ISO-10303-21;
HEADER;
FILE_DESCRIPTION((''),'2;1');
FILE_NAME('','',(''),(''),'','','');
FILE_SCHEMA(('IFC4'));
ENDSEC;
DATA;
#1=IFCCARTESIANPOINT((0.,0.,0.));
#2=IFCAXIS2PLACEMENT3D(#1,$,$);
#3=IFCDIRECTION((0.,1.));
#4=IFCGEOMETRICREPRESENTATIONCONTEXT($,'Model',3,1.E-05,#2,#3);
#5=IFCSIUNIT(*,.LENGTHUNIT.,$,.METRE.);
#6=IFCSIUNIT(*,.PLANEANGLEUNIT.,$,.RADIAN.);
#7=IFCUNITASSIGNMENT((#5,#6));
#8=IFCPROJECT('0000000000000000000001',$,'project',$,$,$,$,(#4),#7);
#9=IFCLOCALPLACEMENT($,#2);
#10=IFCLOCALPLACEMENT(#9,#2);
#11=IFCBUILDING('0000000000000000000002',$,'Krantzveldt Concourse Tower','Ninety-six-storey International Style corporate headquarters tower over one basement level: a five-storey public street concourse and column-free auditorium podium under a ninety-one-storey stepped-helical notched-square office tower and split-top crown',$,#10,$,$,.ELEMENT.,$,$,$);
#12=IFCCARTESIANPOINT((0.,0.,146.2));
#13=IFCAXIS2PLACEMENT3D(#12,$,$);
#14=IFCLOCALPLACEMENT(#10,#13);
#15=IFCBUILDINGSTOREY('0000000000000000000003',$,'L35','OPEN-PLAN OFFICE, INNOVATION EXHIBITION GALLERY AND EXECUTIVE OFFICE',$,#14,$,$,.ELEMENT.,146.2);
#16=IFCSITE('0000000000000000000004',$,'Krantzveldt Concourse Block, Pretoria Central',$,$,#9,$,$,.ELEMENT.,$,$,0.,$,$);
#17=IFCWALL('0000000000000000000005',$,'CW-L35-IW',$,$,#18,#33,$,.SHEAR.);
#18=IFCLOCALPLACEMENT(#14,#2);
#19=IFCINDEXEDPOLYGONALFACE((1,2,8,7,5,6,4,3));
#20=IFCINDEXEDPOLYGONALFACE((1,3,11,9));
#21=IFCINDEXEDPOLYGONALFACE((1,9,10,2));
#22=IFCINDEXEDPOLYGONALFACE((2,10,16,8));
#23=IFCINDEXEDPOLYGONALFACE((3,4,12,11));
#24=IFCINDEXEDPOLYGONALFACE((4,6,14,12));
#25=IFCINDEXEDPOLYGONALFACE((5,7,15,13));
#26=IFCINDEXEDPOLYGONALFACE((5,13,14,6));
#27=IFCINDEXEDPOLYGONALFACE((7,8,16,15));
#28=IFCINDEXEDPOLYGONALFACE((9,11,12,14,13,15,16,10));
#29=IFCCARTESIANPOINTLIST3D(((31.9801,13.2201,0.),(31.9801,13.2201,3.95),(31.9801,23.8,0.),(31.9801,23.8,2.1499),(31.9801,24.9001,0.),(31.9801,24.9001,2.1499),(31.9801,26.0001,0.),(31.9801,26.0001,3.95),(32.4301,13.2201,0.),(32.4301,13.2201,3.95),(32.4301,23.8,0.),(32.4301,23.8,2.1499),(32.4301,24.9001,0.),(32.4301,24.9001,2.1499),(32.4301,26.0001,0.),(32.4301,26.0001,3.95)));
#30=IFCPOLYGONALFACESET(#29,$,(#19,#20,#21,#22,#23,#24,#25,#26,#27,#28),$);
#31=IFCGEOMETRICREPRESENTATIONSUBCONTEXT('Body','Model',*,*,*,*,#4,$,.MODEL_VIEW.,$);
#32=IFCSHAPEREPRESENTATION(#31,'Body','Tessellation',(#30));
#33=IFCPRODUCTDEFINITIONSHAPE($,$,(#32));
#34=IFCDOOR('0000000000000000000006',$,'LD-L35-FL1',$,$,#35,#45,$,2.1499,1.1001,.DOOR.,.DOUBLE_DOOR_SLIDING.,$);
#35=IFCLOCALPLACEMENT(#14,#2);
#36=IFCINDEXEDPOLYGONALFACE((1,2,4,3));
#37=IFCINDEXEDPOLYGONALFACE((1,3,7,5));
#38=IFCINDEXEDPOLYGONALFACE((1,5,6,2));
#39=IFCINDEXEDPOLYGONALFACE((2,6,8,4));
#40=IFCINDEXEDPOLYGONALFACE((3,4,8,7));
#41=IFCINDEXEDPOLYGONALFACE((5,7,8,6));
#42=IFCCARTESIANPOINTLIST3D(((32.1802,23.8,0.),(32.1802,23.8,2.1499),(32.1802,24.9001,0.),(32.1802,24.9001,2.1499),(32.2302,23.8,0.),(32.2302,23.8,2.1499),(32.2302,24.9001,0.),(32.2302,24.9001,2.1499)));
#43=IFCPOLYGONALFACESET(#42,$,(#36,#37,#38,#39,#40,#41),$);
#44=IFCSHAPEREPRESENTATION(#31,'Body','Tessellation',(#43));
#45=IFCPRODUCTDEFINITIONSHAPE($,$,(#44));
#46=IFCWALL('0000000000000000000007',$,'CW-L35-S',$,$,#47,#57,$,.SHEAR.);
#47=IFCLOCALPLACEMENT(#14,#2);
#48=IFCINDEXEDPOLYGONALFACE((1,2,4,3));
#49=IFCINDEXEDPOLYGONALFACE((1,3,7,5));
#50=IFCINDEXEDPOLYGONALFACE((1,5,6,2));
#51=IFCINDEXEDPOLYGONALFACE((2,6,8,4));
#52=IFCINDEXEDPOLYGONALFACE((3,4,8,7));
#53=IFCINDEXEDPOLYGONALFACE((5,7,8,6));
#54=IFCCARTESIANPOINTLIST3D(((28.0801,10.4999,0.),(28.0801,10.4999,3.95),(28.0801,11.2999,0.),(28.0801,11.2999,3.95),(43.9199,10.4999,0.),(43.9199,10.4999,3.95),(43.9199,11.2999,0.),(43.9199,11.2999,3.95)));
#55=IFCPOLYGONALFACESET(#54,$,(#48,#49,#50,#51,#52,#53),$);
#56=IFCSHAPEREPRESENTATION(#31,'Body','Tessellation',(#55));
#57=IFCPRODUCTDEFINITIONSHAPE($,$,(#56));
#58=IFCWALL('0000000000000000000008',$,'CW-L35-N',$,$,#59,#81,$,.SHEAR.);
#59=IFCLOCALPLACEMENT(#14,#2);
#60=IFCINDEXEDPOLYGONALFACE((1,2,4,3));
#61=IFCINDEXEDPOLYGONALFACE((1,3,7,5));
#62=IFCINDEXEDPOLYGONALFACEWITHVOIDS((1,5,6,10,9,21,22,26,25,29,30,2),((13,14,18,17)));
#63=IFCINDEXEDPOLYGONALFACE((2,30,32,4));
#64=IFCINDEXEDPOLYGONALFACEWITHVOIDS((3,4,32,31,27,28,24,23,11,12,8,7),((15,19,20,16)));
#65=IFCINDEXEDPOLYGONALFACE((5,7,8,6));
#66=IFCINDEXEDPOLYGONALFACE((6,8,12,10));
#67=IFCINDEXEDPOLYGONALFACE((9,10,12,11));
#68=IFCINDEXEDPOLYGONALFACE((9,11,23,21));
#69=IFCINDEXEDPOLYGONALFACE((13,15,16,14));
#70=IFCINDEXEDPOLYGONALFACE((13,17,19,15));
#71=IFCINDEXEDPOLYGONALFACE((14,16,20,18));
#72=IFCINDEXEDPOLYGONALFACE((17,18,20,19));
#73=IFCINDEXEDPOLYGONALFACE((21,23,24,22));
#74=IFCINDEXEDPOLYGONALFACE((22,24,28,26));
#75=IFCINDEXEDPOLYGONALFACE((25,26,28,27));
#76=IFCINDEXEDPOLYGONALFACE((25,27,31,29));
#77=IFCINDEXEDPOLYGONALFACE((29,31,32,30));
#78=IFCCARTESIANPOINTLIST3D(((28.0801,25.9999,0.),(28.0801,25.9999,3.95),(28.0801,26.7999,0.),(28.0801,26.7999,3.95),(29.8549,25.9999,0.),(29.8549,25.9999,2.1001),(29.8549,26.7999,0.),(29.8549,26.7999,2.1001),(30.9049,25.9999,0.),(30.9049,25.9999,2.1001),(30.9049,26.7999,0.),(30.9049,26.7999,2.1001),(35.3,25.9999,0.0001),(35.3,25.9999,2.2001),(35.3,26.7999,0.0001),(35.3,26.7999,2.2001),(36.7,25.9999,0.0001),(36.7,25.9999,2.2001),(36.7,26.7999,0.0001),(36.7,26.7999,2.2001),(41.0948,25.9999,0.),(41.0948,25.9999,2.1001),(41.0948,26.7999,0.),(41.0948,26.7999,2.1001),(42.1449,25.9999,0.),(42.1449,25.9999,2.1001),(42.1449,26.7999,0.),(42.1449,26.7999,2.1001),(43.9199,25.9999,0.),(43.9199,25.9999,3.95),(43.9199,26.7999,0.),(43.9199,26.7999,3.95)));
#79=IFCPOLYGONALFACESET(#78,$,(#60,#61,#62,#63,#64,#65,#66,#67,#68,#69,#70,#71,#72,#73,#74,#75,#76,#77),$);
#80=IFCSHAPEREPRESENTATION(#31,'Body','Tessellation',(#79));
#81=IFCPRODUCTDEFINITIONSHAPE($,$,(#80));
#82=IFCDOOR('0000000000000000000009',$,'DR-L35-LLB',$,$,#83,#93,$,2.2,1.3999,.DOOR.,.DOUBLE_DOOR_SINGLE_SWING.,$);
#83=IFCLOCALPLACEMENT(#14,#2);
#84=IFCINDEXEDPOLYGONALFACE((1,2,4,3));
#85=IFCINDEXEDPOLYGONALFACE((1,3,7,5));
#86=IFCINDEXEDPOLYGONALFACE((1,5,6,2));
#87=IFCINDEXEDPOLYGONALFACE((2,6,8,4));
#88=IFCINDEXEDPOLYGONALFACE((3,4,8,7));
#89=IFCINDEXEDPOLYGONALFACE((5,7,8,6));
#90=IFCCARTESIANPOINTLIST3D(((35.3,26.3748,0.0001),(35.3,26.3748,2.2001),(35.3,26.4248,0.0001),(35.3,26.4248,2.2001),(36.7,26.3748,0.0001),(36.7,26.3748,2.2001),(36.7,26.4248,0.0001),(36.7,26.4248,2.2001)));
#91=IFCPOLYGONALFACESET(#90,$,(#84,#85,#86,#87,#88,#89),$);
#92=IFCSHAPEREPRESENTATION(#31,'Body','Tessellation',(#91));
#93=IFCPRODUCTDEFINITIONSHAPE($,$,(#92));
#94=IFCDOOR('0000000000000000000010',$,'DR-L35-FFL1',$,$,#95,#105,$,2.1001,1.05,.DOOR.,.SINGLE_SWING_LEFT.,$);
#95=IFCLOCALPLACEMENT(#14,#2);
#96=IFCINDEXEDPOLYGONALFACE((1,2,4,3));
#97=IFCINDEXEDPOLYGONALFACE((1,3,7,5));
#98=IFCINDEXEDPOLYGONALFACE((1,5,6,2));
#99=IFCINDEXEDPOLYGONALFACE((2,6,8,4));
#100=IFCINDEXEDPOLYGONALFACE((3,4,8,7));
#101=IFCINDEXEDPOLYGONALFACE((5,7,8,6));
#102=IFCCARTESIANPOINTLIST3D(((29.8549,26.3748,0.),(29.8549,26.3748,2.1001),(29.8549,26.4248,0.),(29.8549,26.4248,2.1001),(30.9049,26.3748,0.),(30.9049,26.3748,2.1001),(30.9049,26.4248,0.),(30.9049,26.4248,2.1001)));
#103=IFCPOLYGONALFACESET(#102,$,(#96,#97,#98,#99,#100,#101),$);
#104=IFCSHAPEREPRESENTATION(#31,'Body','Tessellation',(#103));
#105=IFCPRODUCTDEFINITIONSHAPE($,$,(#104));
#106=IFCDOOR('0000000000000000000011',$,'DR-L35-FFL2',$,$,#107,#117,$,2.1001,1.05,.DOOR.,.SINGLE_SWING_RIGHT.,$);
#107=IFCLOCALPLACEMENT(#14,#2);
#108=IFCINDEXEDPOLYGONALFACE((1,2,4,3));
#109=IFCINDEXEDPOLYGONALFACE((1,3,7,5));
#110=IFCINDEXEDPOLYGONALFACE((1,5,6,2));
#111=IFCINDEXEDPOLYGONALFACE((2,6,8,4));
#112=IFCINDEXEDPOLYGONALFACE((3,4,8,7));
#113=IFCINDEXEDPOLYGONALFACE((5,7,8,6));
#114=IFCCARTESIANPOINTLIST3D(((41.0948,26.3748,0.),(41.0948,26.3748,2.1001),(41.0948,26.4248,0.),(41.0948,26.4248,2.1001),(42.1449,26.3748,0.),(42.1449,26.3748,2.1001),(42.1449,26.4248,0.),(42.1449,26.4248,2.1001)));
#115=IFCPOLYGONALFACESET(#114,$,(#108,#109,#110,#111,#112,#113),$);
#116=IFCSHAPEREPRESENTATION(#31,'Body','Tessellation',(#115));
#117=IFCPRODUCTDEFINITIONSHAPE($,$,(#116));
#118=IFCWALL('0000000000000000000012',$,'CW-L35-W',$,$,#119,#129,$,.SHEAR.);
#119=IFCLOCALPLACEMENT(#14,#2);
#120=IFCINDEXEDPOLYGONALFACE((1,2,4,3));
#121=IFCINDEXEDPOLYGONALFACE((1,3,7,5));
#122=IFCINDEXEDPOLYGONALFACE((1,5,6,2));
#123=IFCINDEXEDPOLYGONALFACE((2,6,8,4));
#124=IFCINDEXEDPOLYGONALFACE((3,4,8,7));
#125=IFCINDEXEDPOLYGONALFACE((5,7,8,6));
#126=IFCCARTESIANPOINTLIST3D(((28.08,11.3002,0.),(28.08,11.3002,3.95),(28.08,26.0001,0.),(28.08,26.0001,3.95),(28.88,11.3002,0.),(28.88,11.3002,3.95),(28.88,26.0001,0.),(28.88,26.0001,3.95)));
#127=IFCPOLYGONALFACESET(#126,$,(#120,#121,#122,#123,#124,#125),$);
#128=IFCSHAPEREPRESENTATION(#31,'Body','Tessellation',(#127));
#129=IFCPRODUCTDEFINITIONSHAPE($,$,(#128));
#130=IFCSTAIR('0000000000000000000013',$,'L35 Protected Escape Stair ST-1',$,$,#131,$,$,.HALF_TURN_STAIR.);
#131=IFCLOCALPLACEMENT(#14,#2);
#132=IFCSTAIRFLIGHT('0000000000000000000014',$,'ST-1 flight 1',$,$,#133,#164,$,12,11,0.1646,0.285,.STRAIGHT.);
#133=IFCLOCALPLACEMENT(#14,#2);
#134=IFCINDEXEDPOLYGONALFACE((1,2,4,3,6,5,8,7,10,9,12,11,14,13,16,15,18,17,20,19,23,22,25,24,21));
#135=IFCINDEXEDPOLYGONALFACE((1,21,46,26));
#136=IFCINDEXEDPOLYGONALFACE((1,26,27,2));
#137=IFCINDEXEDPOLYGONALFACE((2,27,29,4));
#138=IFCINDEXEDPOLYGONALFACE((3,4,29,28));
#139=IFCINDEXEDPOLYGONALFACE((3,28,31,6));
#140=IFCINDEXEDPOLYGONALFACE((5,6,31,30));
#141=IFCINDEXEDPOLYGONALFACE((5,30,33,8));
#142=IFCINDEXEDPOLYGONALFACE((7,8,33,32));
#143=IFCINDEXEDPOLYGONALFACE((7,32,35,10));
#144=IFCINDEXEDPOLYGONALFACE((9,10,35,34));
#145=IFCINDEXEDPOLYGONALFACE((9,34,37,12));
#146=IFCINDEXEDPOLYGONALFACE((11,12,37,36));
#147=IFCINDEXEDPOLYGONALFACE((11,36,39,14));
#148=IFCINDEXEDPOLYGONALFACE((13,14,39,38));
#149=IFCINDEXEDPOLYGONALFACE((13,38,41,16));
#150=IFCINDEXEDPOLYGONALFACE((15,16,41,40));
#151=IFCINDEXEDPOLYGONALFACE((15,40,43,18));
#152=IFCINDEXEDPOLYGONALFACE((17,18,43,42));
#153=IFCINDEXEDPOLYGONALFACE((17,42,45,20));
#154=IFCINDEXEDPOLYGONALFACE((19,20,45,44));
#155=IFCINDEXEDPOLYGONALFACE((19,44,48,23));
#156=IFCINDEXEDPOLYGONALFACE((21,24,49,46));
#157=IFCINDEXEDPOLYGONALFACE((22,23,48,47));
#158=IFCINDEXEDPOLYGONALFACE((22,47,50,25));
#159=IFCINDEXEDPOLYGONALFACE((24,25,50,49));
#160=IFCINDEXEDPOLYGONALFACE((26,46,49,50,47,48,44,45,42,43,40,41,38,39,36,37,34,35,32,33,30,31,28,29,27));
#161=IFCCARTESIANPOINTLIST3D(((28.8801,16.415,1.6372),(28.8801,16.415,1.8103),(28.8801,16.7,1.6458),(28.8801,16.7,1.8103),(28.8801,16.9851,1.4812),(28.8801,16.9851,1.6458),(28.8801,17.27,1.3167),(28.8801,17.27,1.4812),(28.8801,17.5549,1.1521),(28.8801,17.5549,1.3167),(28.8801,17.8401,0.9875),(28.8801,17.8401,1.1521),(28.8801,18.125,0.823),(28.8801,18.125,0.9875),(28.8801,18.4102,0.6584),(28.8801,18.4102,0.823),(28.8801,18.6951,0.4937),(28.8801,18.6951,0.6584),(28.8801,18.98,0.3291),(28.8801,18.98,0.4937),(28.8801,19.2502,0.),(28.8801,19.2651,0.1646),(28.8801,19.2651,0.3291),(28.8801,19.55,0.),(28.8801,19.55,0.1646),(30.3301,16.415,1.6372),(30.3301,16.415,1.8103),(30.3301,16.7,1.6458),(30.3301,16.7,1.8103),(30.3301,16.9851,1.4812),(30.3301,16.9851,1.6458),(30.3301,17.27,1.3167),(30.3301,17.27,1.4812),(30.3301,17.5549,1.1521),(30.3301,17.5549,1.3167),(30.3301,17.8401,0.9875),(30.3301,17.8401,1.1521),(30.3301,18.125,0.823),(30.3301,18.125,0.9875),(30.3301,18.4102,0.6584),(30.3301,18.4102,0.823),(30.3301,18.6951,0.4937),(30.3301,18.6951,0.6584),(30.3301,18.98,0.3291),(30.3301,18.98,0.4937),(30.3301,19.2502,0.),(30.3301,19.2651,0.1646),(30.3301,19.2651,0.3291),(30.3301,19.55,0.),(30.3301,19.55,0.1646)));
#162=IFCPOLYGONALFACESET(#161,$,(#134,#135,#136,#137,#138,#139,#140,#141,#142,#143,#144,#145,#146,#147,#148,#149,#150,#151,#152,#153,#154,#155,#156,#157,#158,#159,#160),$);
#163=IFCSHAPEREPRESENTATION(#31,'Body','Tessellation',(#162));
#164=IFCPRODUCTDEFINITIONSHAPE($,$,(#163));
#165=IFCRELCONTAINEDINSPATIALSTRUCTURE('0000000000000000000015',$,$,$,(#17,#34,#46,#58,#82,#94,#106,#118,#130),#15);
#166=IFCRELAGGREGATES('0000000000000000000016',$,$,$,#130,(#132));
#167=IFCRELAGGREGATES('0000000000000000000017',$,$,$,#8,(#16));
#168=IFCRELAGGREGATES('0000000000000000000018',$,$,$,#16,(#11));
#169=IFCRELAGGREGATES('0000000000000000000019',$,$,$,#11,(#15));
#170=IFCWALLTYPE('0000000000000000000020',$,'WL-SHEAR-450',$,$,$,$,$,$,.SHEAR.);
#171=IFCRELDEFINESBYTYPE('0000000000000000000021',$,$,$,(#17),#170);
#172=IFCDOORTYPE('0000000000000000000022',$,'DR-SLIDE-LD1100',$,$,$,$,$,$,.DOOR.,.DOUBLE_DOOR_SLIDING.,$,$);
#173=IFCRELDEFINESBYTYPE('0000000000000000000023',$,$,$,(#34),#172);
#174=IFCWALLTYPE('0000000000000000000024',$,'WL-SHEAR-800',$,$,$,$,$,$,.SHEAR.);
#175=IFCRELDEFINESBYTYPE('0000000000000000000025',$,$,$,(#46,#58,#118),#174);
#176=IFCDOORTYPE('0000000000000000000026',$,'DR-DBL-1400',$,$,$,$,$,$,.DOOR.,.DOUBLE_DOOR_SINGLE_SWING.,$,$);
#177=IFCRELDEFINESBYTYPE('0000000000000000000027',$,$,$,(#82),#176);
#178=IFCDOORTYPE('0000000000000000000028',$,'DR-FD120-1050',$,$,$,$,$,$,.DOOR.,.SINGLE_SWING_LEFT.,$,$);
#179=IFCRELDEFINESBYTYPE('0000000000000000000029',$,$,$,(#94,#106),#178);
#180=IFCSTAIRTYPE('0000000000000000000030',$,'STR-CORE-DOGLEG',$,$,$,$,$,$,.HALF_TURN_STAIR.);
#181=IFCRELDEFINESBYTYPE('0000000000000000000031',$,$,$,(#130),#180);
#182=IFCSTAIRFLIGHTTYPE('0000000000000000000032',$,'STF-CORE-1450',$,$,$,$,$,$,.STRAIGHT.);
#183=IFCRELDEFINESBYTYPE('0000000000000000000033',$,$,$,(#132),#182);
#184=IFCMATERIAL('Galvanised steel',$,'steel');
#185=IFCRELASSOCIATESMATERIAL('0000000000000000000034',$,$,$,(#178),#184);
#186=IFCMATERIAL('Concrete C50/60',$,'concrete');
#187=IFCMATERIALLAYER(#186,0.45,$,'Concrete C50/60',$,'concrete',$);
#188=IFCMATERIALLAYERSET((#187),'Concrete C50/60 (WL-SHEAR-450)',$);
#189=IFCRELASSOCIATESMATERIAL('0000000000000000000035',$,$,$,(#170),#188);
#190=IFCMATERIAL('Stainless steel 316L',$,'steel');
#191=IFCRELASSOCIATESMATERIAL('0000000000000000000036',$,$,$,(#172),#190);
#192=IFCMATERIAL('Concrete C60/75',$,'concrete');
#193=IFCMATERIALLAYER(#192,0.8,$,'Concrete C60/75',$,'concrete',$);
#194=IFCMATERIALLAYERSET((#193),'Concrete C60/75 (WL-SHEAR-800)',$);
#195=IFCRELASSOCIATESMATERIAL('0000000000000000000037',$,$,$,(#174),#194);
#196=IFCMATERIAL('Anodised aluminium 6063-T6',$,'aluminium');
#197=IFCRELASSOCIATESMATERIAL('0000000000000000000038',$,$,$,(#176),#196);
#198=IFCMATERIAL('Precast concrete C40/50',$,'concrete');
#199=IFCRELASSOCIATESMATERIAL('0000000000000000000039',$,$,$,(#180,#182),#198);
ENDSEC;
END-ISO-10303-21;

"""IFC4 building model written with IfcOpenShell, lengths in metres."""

from ifc_helpers import new_model, si_unit, direction, frame, frame_2d, origin, place, context, subcontext, project, spatial, polyline, rectangle, outline, extrude, material, layer, layer_set, type_object, element, fill, aggregate, save


model = new_model("IFC4")

# Units and contexts
model_context = context("Model", 3, precision=1e-05, world=origin(), true_north=direction((0.0, 1.0)))
body_context = subcontext(model_context, "Body", "Model", "MODEL_VIEW")
ifc_project = project(units=[si_unit("LENGTHUNIT", "METRE"), si_unit("PLANEANGLEUNIT", "RADIAN")], contexts=[model_context])

# Site, building, storey
site_placement = place(None, origin())
site = spatial("IfcSite", under=ifc_project, at=site_placement, Name="Krantzveldt Concourse Block, Pretoria Central", CompositionType="ELEMENT", RefElevation=0.0)
building_placement = place(site_placement, origin())
building = spatial("IfcBuilding", under=site, at=building_placement, Name="Krantzveldt Concourse Tower", Description="Ninety-six-storey International Style corporate headquarters tower over one basement level: a five-storey public street concourse and column-free auditorium podium under a ninety-one-storey stepped-helical notched-square office tower and split-top crown", CompositionType="ELEMENT")
storey_placement = place(building_placement, frame((0.0, 0.0, 146.2)))
storey = spatial("IfcBuildingStorey", under=building, at=storey_placement, Name="L35", Description="OPEN-PLAN OFFICE, INNOVATION EXHIBITION GALLERY AND EXECUTIVE OFFICE", CompositionType="ELEMENT", Elevation=146.2)

# Shared definitions
ifc_material_1 = material(Name="Concrete C50/60", Category="concrete")

# Shared definitions
ifc_material_2 = material(Name="Anodised aluminium 6063-T6", Category="aluminium")

# Shared definitions
ifc_material_3 = material(Name="Galvanised steel", Category="steel")
door_type_1 = type_object("IfcDoorType", Name="DR-FD120-1050", OperationType="SINGLE_SWING_LEFT", PredefinedType="DOOR", material=ifc_material_3)

# Wall, opening, door
ifc_layer_1 = layer(ifc_material_1, 0.45, Name="Concrete C50/60", Category="concrete")
ifc_layer_set_1 = layer_set([ifc_layer_1], Name="Concrete C50/60 (WL-SHEAR-450)")
wall_type_1 = type_object("IfcWallType", Name="WL-SHEAR-450", PredefinedType="SHEAR", material=ifc_layer_set_1)
wall_1_placement = place(storey_placement, frame((32.2051, 13.22, 0.0), z_axis=(0.0, 0.0, 1.0), x_axis=(0.0, 1.0, 0.0)))
wall_1 = element("IfcWall", 1, at=wall_1_placement, inside=storey, type_object=wall_type_1, Name="CW-L35-IW", PredefinedType="SHEAR", context=body_context, shape_type="SweptSolid", body=[
    extrude(rectangle(XDim=12.78, YDim=0.45, at=frame_2d((6.3901, 0.0))), origin(), (0.0, 0.0, 1.0), 3.95),
])
opening_1_placement = place(wall_1_placement, frame((10.5801, 0.0, 0.0)))
opening_1 = element("IfcOpeningElement", 2, at=opening_1_placement, cuts=wall_1, PredefinedType="OPENING", context=body_context, shape_type="SweptSolid", body=[
    extrude(rectangle(XDim=1.1001, YDim=2.1499, at=frame_2d((0.55, 1.075))), frame((0.0, 0.2349, 0.0), z_axis=(0.0, -1.0, 0.0), x_axis=(1.0, 0.0, 0.0)), (0.0, 0.0, 1.0), 0.47),
])
ifc_material_4 = material(Name="Stainless steel 316L", Category="steel")
door_type_2 = type_object("IfcDoorType", Name="DR-SLIDE-LD1100", OperationType="DOUBLE_DOOR_SLIDING", PredefinedType="DOOR", material=ifc_material_4)
door_1_placement = place(opening_1_placement, origin())
door_1 = element("IfcDoor", 3, at=door_1_placement, inside=storey, type_object=door_type_2, Name="LD-L35-FL1", OperationType="DOUBLE_DOOR_SLIDING", OverallHeight=2.1499, OverallWidth=1.1001, PredefinedType="DOOR", context=body_context, shape_type="SweptSolid", body=[
    extrude(rectangle(XDim=1.1001, YDim=2.1499, at=frame_2d((0.55, 1.075))), frame((0.0, 0.0249, 0.0), z_axis=(0.0, -1.0, 0.0), x_axis=(1.0, 0.0, 0.0)), (0.0, 0.0, 1.0), 0.05),
])
fill(opening_1, door_1)

# Wall
ifc_material_5 = material(Name="Concrete C60/75", Category="concrete")
ifc_layer_2 = layer(ifc_material_5, 0.8, Name="Concrete C60/75", Category="concrete")
ifc_layer_set_2 = layer_set([ifc_layer_2], Name="Concrete C60/75 (WL-SHEAR-800)")
wall_type_2 = type_object("IfcWallType", Name="WL-SHEAR-800", PredefinedType="SHEAR", material=ifc_layer_set_2)
wall_2_placement = place(storey_placement, frame((28.0801, 10.8999, 0.0), z_axis=(0.0, 0.0, 1.0), x_axis=(1.0, 0.0, 0.0)))
element("IfcWall", 4, at=wall_2_placement, inside=storey, type_object=wall_type_2, Name="CW-L35-S", PredefinedType="SHEAR", context=body_context, shape_type="SweptSolid", body=[
    extrude(rectangle(XDim=15.8398, YDim=0.8, at=frame_2d((7.9199, 0.0))), origin(), (0.0, 0.0, 1.0), 3.95),
])

# Wall, openings, doors
wall_3_placement = place(storey_placement, frame((28.0801, 26.3999, 0.0), z_axis=(0.0, 0.0, 1.0), x_axis=(1.0, 0.0, 0.0)))
wall_3 = element("IfcWall", 5, at=wall_3_placement, inside=storey, type_object=wall_type_2, Name="CW-L35-N", PredefinedType="SHEAR", context=body_context, shape_type="SweptSolid", body=[
    extrude(rectangle(XDim=15.8398, YDim=0.8, at=frame_2d((7.9199, 0.0))), origin(), (0.0, 0.0, 1.0), 3.95),
])
opening_2_placement = place(wall_3_placement, frame((7.22, 0.0, 0.0)))
opening_2 = element("IfcOpeningElement", 6, at=opening_2_placement, cuts=wall_3, PredefinedType="OPENING", context=body_context, shape_type="SweptSolid", body=[
    extrude(rectangle(XDim=1.3999, YDim=2.2, at=frame_2d((0.7, 1.1001))), frame((0.0, 0.4102, 0.0), z_axis=(0.0, -1.0, 0.0), x_axis=(1.0, 0.0, 0.0)), (0.0, 0.0, 1.0), 0.8201),
])
opening_3_placement = place(wall_3_placement, frame((1.7749, 0.0, 0.0)))
opening_3 = element("IfcOpeningElement", 7, at=opening_3_placement, cuts=wall_3, PredefinedType="OPENING", context=body_context, shape_type="SweptSolid", body=[
    extrude(rectangle(XDim=1.05, YDim=2.1001, at=frame_2d((0.5249, 1.05))), frame((0.0, 0.4102, 0.0), z_axis=(0.0, -1.0, 0.0), x_axis=(1.0, 0.0, 0.0)), (0.0, 0.0, 1.0), 0.8201),
])
opening_4_placement = place(wall_3_placement, frame((13.0149, 0.0, 0.0)))
opening_4 = element("IfcOpeningElement", 8, at=opening_4_placement, cuts=wall_3, PredefinedType="OPENING", context=body_context, shape_type="SweptSolid", body=[
    extrude(rectangle(XDim=1.05, YDim=2.1001, at=frame_2d((0.5249, 1.05))), frame((0.0, 0.4102, 0.0), z_axis=(0.0, -1.0, 0.0), x_axis=(1.0, 0.0, 0.0)), (0.0, 0.0, 1.0), 0.8201),
])
door_type_3 = type_object("IfcDoorType", Name="DR-DBL-1400", OperationType="DOUBLE_DOOR_SINGLE_SWING", PredefinedType="DOOR", material=ifc_material_2)
door_2_placement = place(opening_2_placement, origin())
door_2 = element("IfcDoor", 9, at=door_2_placement, inside=storey, type_object=door_type_3, Name="DR-L35-LLB", OperationType="DOUBLE_DOOR_SINGLE_SWING", OverallHeight=2.2, OverallWidth=1.3999, PredefinedType="DOOR", context=body_context, shape_type="SweptSolid", body=[
    extrude(rectangle(XDim=1.3999, YDim=2.2, at=frame_2d((0.7, 1.1001))), frame((0.0, 0.0249, 0.0), z_axis=(0.0, -1.0, 0.0), x_axis=(1.0, 0.0, 0.0)), (0.0, 0.0, 1.0), 0.05),
])
fill(opening_2, door_2)
door_3_placement = place(opening_3_placement, origin())
door_3 = element("IfcDoor", 10, at=door_3_placement, inside=storey, type_object=door_type_1, Name="DR-L35-FFL1", OperationType="SINGLE_SWING_LEFT", OverallHeight=2.1001, OverallWidth=1.05, PredefinedType="DOOR", context=body_context, shape_type="SweptSolid", body=[
    extrude(rectangle(XDim=1.05, YDim=2.1001, at=frame_2d((0.5249, 1.05))), frame((0.0, 0.0249, 0.0), z_axis=(0.0, -1.0, 0.0), x_axis=(1.0, 0.0, 0.0)), (0.0, 0.0, 1.0), 0.05),
])
fill(opening_3, door_3)
door_4_placement = place(opening_4_placement, origin())
door_4 = element("IfcDoor", 11, at=door_4_placement, inside=storey, type_object=door_type_1, Name="DR-L35-FFL2", OperationType="SINGLE_SWING_RIGHT", OverallHeight=2.1001, OverallWidth=1.05, PredefinedType="DOOR", context=body_context, shape_type="SweptSolid", body=[
    extrude(rectangle(XDim=1.05, YDim=2.1001, at=frame_2d((0.5249, 1.05))), frame((0.0, 0.0249, 0.0), z_axis=(0.0, -1.0, 0.0), x_axis=(1.0, 0.0, 0.0)), (0.0, 0.0, 1.0), 0.05),
])
fill(opening_4, door_4)

# Wall
wall_4_placement = place(storey_placement, frame((28.48, 11.3, 0.0), z_axis=(0.0, 0.0, 1.0), x_axis=(0.0, 1.0, 0.0)))
element("IfcWall", 12, at=wall_4_placement, inside=storey, type_object=wall_type_2, Name="CW-L35-W", PredefinedType="SHEAR", context=body_context, shape_type="SweptSolid", body=[
    extrude(rectangle(XDim=14.7, YDim=0.8, at=frame_2d((7.3501, 0.0))), origin(), (0.0, 0.0, 1.0), 3.95),
])

# Stair, stair flight
ifc_material_6 = material(Name="Precast concrete C40/50", Category="concrete")
stair_type = type_object("IfcStairType", Name="STR-CORE-DOGLEG", PredefinedType="HALF_TURN_STAIR", material=ifc_material_6)
stair_placement = place(storey_placement, origin())
stair = element("IfcStair", 13, at=stair_placement, inside=storey, type_object=stair_type, Name="L35 Protected Escape Stair ST-1", PredefinedType="HALF_TURN_STAIR")
stair_flight_type = type_object("IfcStairFlightType", Name="STF-CORE-1450", PredefinedType="STRAIGHT", material=ifc_material_6)
stair_flight_1_placement = place(storey_placement, frame((29.605, 19.55, 0.0), z_axis=(0.0, 0.0, 1.0), x_axis=(0.0, -1.0, 0.0)))
stair_flight_1 = element("IfcStairFlight", 14, at=stair_flight_1_placement, type_object=stair_flight_type, Name="ST-1 flight 1", NumberOfRisers=12, NumberOfTreads=11, PredefinedType="STRAIGHT", RiserHeight=0.1646, TreadLength=0.285, context=body_context, shape_type="SweptSolid", body=[
    extrude(outline(polyline([(0.0, 0.0), (0.0, 0.1646), (0.2849, 0.1646), (0.2849, 0.3291), (0.5701, 0.3291), (0.5701, 0.4937), (0.855, 0.4937), (0.855, 0.6584), (1.1399, 0.6584), (1.1399, 0.823), (1.425, 0.823), (1.425, 0.9875), (1.71, 0.9875), (1.71, 1.1521), (1.9951, 1.1521), (1.9951, 1.3167), (2.28, 1.3167), (2.28, 1.4812), (2.5649, 1.4812), (2.5649, 1.6458), (2.8501, 1.6458), (2.8501, 1.8103), (3.135, 1.8103), (3.135, 1.9751), (3.135, 1.6372), (0.2998, 0.0), (0.0, 0.0)])), frame((0.0, 0.7251, 0.0), z_axis=(0.0, -1.0, 0.0), x_axis=(1.0, 0.0, 0.0)), (0.0, 0.0, 1.0), 1.45),
])
aggregate(stair, [stair_flight_1])

save(model, "model.ifc")
